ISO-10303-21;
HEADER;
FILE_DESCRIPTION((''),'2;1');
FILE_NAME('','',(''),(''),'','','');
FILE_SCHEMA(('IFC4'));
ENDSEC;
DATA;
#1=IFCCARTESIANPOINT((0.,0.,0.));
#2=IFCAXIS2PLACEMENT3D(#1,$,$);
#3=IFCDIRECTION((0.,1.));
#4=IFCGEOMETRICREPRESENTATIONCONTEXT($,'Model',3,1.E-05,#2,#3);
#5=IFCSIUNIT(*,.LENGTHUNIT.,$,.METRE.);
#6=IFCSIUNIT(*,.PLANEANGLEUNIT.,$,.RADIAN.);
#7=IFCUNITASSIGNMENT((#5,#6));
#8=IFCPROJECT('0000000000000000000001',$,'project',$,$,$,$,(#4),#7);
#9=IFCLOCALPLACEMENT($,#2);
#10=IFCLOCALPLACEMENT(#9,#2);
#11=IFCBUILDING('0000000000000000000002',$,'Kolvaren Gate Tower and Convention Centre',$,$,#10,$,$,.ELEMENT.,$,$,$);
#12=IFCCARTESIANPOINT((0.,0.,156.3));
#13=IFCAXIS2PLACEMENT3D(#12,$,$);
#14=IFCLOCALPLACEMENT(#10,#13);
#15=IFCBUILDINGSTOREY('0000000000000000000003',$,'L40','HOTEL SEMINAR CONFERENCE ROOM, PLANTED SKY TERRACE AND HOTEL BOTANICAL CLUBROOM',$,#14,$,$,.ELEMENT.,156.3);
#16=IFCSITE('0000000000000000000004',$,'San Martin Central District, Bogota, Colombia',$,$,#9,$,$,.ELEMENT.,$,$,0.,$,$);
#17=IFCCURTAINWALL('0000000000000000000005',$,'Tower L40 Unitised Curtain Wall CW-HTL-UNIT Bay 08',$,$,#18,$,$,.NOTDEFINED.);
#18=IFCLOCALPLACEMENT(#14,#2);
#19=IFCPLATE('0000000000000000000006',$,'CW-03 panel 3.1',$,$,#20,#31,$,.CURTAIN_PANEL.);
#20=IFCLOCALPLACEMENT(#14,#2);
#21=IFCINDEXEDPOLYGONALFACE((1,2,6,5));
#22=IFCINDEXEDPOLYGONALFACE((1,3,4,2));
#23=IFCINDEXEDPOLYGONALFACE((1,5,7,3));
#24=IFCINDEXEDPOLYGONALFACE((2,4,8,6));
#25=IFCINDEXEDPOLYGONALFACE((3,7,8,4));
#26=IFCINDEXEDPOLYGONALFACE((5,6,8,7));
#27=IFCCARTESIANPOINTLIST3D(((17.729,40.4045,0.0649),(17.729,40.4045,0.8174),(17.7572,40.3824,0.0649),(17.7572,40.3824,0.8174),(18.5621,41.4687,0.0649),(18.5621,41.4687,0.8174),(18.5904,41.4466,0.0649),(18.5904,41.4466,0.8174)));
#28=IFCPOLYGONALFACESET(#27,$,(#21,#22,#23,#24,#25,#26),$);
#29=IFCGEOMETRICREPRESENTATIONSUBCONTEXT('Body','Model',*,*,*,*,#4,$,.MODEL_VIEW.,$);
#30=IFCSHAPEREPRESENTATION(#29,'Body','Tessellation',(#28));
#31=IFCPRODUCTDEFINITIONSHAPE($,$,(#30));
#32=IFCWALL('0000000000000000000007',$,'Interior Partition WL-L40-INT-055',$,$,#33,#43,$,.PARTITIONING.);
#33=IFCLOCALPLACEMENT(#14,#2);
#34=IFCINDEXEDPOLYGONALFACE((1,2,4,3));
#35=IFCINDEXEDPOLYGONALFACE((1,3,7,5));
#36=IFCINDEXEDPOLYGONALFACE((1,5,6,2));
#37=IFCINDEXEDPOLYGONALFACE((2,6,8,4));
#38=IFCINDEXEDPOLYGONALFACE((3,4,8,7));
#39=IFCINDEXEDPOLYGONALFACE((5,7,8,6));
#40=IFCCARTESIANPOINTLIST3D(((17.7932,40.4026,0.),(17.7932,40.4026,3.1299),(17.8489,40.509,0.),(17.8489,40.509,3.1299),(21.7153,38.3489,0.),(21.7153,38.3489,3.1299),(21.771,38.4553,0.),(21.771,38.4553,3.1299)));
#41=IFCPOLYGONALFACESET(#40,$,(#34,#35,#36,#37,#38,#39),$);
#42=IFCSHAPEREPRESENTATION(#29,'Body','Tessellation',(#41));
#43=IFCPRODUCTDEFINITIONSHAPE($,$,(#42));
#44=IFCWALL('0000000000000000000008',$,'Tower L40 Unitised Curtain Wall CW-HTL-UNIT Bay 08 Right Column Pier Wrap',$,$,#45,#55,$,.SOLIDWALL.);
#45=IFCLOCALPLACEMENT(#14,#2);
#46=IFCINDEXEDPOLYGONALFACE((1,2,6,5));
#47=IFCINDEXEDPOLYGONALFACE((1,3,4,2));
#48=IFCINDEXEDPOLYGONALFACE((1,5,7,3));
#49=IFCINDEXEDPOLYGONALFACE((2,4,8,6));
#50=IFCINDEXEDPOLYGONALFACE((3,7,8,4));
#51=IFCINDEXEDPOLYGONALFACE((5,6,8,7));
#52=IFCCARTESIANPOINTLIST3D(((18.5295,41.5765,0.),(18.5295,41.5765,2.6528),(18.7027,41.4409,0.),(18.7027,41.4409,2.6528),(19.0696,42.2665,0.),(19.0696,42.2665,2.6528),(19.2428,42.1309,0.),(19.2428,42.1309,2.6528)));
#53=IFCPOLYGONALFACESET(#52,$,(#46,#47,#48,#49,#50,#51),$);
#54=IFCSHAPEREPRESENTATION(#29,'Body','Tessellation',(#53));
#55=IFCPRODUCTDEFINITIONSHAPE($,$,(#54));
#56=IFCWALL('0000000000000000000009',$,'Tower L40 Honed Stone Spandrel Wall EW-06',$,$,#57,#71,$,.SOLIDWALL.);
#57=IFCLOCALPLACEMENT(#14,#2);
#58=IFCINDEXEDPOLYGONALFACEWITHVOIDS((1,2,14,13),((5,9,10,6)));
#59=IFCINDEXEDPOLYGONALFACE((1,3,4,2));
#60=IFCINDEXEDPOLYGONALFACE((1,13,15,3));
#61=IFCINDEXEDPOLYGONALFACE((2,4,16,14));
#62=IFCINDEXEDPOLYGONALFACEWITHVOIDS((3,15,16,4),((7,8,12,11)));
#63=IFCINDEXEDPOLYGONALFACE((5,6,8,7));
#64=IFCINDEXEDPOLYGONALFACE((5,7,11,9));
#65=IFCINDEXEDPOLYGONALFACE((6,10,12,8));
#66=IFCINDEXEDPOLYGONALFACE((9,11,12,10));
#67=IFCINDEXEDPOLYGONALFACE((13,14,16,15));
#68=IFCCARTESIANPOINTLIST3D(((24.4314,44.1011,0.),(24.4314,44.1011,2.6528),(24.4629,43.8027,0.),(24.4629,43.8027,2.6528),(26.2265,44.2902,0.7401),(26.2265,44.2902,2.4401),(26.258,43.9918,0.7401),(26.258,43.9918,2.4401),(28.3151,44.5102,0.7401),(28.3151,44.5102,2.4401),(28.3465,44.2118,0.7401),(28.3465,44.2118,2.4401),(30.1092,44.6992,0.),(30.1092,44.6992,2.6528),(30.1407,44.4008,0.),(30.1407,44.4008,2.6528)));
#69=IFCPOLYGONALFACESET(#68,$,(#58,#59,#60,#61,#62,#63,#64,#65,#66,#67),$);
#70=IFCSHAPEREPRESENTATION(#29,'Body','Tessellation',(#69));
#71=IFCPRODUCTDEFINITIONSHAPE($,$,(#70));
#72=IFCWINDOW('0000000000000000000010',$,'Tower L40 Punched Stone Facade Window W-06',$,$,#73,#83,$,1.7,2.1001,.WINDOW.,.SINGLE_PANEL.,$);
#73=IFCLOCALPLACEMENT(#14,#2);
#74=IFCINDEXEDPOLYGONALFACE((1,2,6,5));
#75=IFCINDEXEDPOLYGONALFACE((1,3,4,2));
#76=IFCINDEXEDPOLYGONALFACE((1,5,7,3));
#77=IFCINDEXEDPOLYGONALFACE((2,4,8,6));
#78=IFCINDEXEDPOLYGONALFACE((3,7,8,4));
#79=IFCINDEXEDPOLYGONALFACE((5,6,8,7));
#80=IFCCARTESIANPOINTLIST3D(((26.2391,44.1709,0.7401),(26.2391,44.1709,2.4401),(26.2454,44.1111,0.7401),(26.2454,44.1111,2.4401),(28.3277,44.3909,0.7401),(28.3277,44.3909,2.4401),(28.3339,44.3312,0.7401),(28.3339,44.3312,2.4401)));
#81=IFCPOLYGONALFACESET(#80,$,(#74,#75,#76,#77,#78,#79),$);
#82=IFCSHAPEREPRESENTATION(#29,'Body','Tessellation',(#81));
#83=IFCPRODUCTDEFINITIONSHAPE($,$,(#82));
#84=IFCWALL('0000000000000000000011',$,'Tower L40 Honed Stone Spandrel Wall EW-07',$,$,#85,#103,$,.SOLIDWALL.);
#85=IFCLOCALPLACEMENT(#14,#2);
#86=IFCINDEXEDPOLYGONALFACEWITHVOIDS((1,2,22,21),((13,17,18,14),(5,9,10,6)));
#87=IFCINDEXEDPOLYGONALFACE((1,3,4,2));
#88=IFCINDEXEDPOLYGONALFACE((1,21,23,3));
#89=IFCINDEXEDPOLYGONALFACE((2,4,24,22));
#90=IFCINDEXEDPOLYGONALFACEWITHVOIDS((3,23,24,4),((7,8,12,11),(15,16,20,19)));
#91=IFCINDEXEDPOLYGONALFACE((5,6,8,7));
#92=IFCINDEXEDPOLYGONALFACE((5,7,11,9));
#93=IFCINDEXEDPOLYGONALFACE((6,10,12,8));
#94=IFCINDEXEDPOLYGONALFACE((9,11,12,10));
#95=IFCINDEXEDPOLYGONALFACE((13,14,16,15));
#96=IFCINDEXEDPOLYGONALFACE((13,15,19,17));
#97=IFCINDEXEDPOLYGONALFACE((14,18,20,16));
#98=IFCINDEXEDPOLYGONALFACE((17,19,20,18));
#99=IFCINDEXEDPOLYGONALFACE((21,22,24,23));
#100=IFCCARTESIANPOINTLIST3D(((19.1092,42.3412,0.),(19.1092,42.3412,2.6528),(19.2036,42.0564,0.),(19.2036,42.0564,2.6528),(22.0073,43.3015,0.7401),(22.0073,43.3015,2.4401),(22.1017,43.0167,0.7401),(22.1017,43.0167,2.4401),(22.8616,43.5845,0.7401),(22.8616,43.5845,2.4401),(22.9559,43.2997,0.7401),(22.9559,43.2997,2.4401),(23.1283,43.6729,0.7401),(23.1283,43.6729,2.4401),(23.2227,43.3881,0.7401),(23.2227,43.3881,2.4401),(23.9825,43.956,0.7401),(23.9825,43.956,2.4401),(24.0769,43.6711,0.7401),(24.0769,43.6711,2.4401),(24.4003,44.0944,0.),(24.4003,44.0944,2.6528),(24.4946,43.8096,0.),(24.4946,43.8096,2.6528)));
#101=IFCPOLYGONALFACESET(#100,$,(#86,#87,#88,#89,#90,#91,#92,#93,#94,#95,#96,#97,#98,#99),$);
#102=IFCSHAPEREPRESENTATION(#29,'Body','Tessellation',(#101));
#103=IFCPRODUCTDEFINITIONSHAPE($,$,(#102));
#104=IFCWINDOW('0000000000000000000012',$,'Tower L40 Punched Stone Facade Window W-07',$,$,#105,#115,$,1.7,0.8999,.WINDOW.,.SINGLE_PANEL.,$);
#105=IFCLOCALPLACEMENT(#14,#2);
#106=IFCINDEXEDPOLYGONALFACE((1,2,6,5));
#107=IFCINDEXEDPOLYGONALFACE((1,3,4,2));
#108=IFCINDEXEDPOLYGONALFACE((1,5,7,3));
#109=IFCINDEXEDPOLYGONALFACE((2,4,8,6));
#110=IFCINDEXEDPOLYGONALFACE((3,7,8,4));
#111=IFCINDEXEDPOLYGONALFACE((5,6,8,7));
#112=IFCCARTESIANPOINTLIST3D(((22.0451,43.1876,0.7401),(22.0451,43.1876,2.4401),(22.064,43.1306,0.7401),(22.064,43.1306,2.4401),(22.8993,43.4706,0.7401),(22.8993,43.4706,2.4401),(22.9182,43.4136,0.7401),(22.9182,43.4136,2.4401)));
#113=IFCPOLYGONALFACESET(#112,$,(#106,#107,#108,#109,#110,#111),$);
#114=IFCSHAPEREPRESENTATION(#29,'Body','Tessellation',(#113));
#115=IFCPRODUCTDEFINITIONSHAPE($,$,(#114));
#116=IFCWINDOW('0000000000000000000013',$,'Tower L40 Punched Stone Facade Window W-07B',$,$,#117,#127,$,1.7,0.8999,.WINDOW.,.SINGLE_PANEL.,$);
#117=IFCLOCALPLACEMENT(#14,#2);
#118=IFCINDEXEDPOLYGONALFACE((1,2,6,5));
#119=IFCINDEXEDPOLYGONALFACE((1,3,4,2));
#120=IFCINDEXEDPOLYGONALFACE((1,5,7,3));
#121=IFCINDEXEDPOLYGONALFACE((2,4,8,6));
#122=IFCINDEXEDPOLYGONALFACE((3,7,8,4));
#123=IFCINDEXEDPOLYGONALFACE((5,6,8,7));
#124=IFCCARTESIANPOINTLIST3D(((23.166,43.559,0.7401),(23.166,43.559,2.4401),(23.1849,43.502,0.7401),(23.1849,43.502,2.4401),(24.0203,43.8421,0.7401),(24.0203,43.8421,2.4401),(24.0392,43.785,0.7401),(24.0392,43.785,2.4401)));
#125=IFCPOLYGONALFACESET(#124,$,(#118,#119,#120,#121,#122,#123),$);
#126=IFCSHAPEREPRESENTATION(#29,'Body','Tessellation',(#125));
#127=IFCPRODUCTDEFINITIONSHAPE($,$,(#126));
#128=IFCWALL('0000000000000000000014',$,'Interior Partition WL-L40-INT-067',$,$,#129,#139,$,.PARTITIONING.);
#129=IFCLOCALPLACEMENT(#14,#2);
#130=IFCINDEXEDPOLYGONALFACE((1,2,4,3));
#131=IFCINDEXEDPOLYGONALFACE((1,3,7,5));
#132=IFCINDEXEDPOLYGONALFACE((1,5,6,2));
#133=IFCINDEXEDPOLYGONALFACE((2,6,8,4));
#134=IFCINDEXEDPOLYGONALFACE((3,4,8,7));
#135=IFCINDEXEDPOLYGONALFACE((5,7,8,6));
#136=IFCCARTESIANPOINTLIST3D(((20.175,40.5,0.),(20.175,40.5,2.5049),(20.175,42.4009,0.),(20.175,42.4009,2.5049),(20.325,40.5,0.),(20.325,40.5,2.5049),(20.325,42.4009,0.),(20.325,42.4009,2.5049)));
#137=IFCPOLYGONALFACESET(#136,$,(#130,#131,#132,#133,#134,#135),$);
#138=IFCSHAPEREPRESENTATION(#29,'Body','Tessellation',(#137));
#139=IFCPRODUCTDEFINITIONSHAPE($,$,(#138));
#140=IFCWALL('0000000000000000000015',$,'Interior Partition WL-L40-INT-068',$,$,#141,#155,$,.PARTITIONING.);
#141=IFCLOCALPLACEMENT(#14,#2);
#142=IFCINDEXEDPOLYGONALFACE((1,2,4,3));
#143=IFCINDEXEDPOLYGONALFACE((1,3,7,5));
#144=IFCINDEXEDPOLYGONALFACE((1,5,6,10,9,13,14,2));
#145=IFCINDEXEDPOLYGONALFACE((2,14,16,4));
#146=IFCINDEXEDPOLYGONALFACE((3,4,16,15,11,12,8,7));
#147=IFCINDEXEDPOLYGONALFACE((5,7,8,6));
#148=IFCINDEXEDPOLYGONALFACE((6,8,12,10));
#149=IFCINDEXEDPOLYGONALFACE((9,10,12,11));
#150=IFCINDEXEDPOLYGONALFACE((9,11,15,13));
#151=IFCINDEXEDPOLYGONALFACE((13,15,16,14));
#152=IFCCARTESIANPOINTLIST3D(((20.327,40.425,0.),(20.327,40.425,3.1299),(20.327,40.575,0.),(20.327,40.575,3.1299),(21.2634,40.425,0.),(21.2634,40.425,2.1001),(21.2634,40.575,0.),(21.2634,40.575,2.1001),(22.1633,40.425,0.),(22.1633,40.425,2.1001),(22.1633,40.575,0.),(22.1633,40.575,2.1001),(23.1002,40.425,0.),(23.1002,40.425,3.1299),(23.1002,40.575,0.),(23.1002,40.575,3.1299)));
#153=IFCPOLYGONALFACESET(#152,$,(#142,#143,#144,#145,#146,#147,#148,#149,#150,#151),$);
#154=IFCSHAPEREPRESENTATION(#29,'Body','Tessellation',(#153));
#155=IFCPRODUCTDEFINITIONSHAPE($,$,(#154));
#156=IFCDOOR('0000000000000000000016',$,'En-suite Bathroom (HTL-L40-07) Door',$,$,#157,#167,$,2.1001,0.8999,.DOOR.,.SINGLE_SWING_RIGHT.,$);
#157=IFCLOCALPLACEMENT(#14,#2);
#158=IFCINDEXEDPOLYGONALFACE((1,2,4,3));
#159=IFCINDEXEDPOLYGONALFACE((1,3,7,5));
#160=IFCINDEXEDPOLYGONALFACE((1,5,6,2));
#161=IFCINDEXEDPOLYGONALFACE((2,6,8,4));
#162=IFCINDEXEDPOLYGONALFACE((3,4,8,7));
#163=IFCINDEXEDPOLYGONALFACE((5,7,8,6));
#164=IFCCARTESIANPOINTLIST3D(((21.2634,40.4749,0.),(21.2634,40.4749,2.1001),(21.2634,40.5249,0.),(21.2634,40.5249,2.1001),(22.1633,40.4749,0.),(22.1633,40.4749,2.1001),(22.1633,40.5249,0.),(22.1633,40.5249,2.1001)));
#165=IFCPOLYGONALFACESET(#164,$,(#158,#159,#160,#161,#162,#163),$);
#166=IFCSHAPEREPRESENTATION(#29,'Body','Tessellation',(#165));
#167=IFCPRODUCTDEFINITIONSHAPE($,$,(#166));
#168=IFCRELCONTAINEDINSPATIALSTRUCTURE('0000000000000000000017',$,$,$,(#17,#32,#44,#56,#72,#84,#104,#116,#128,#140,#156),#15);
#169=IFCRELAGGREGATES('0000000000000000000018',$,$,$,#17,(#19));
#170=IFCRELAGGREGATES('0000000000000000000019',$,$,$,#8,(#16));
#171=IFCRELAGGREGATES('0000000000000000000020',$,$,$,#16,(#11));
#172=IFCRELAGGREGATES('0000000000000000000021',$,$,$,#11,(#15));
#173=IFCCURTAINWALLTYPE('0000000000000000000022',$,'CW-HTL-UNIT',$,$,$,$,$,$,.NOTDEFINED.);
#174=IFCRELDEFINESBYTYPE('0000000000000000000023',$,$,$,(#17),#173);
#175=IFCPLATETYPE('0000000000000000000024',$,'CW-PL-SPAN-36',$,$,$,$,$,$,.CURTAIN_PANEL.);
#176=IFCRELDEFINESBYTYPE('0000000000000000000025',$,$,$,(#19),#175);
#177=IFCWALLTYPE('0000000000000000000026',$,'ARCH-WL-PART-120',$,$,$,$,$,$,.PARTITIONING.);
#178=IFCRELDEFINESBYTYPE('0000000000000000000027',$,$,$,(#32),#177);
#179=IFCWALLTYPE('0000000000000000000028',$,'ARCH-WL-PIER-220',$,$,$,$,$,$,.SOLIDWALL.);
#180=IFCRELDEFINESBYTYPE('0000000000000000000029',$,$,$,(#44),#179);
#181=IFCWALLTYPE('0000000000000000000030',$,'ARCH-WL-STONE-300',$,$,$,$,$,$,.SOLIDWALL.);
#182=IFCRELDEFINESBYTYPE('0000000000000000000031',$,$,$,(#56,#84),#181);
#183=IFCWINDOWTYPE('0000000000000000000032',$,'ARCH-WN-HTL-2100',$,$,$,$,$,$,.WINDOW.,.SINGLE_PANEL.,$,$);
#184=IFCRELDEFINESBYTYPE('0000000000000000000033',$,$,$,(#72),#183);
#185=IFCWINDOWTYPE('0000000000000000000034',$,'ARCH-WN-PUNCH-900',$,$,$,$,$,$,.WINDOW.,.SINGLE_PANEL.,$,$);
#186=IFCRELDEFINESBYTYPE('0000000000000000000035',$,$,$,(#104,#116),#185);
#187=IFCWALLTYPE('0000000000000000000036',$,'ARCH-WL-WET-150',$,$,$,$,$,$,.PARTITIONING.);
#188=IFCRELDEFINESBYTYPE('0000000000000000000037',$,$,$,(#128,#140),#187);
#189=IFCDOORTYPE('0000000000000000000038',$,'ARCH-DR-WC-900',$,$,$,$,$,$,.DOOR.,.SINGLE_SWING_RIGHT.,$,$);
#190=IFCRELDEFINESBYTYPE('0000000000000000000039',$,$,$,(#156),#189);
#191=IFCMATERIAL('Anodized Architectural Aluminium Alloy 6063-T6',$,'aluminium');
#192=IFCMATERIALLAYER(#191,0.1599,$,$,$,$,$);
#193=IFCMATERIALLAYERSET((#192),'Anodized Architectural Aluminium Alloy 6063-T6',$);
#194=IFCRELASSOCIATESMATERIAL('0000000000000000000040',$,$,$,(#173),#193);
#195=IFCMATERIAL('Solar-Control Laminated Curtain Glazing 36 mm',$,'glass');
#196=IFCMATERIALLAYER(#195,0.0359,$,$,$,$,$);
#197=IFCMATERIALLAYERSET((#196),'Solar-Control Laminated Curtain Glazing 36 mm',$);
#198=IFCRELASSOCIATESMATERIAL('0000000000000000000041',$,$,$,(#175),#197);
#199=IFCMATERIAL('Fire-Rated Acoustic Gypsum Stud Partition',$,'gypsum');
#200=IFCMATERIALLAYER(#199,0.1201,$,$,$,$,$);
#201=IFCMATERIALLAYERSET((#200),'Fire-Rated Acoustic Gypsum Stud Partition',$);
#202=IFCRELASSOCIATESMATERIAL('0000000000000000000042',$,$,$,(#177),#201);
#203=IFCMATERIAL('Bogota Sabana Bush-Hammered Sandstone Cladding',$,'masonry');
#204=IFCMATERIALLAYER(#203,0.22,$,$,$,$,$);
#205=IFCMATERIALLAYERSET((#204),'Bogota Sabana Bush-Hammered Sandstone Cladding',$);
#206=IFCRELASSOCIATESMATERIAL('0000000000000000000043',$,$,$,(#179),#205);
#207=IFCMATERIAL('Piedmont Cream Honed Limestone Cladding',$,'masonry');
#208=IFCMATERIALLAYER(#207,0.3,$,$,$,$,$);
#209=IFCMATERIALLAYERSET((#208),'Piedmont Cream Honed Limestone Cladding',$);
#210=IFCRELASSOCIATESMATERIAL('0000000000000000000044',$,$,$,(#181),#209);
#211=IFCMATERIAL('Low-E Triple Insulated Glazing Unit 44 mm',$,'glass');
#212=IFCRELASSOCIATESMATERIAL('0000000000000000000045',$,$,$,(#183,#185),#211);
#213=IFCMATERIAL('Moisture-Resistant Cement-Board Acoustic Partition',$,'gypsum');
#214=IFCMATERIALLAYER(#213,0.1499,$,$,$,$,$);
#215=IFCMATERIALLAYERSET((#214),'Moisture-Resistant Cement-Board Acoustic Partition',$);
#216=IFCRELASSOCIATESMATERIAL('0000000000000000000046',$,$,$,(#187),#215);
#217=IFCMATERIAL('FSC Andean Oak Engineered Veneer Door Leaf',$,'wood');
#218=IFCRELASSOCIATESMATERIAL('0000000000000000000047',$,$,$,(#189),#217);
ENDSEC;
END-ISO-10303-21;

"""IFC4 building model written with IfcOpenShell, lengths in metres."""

from ifc_helpers import new_model, si_unit, direction, frame, frame_2d, origin, origin_2d, place, context, subcontext, project, spatial, rectangle, extrude, material, layer, layer_set, type_object, element, fill, aggregate, save


model = new_model("IFC4")

# Units and contexts
model_context = context("Model", 3, precision=1e-05, world=origin(), true_north=direction((0.0, 1.0)))
body_context = subcontext(model_context, "Body", "Model", "MODEL_VIEW")
ifc_project = project(units=[si_unit("LENGTHUNIT", "METRE"), si_unit("PLANEANGLEUNIT", "RADIAN")], contexts=[model_context])

# Site, building, storey
site_placement = place(None, origin())
site = spatial("IfcSite", under=ifc_project, at=site_placement, Name="San Martin Central District, Bogota, Colombia", CompositionType="ELEMENT", RefElevation=0.0)
building_placement = place(site_placement, origin())
building = spatial("IfcBuilding", under=site, at=building_placement, Name="Kolvaren Gate Tower and Convention Centre", CompositionType="ELEMENT")
storey_placement = place(building_placement, frame((0.0, 0.0, 156.3)))
storey = spatial("IfcBuildingStorey", under=building, at=storey_placement, Name="L40", Description="HOTEL SEMINAR CONFERENCE ROOM, PLANTED SKY TERRACE AND HOTEL BOTANICAL CLUBROOM", CompositionType="ELEMENT", Elevation=156.3)

# Curtain wall
ifc_material_1 = material(Name="Anodized Architectural Aluminium Alloy 6063-T6", Category="aluminium")
ifc_layer_1 = layer(ifc_material_1, 0.1599)
ifc_layer_set_1 = layer_set([ifc_layer_1], Name="Anodized Architectural Aluminium Alloy 6063-T6")
curtain_wall_type = type_object("IfcCurtainWallType", Name="CW-HTL-UNIT", PredefinedType="NOTDEFINED", material=ifc_layer_set_1)
curtain_wall_placement = place(storey_placement, origin())
curtain_wall = element("IfcCurtainWall", 1, at=curtain_wall_placement, inside=storey, type_object=curtain_wall_type, Name="Tower L40 Unitised Curtain Wall CW-HTL-UNIT Bay 08", PredefinedType="NOTDEFINED")

# Plate
ifc_material_2 = material(Name="Low-E Triple Insulated Glazing Unit 44 mm", Category="glass")
ifc_material_3 = material(Name="Solar-Control Laminated Curtain Glazing 36 mm", Category="glass")
ifc_layer_2 = layer(ifc_material_3, 0.0359)
ifc_layer_set_2 = layer_set([ifc_layer_2], Name="Solar-Control Laminated Curtain Glazing 36 mm")
plate_type_1 = type_object("IfcPlateType", Name="CW-PL-SPAN-36", PredefinedType="CURTAIN_PANEL", material=ifc_layer_set_2)
plate_1_placement = place(storey_placement, frame((18.1597, 40.9255, 0.0649), z_axis=(0.0, 0.0, 1.0), x_axis=(0.616449, 0.787395, 0.0)))
plate_1 = element("IfcPlate", 2, at=plate_1_placement, type_object=plate_type_1, Name="CW-03 panel 3.1", PredefinedType="CURTAIN_PANEL", context=body_context, shape_type="SweptSolid", body=[
    extrude(rectangle(XDim=1.3516, YDim=0.0359, at=origin_2d()), origin(), (0.0, 0.0, 1.0), 0.7524),
])
aggregate(curtain_wall, [plate_1])

# Walls
ifc_material_4 = material(Name="Fire-Rated Acoustic Gypsum Stud Partition", Category="gypsum")
ifc_layer_3 = layer(ifc_material_4, 0.1201)
ifc_layer_set_3 = layer_set([ifc_layer_3], Name="Fire-Rated Acoustic Gypsum Stud Partition")
wall_type_1 = type_object("IfcWallType", Name="ARCH-WL-PART-120", PredefinedType="PARTITIONING", material=ifc_layer_set_3)
wall_1_placement = place(storey_placement, frame((17.821, 40.4558, 0.0), z_axis=(0.0, 0.0, 1.0), x_axis=(0.8859, -0.463877, 0.0)))
element("IfcWall", 3, at=wall_1_placement, inside=storey, type_object=wall_type_1, Name="Interior Partition WL-L40-INT-055", PredefinedType="PARTITIONING", context=body_context, shape_type="SweptSolid", body=[
    extrude(rectangle(XDim=4.4272, YDim=0.1201, at=frame_2d((2.2136, 0.0))), origin(), (0.0, 0.0, 1.0), 3.1299),
])
ifc_material_5 = material(Name="Bogota Sabana Bush-Hammered Sandstone Cladding", Category="masonry")
ifc_layer_4 = layer(ifc_material_5, 0.22)
ifc_layer_set_4 = layer_set([ifc_layer_4], Name="Bogota Sabana Bush-Hammered Sandstone Cladding")
wall_type_2 = type_object("IfcWallType", Name="ARCH-WL-PIER-220", PredefinedType="SOLIDWALL", material=ifc_layer_set_4)
wall_2_placement = place(storey_placement, frame((18.6162, 41.5088, 0.0), z_axis=(0.0, 0.0, 1.0), x_axis=(0.616368, 0.787458, 0.0)))
element("IfcWall", 4, at=wall_2_placement, inside=storey, type_object=wall_type_2, Name="Tower L40 Unitised Curtain Wall CW-HTL-UNIT Bay 08 Right Column Pier Wrap", PredefinedType="SOLIDWALL", context=body_context, shape_type="SweptSolid", body=[
    extrude(rectangle(XDim=0.8762, YDim=0.22, at=frame_2d((0.438, 0.0))), origin(), (0.0, 0.0, 1.0), 2.6528),
])

# Wall, opening, window
ifc_material_6 = material(Name="Piedmont Cream Honed Limestone Cladding", Category="masonry")
ifc_layer_5 = layer(ifc_material_6, 0.3)
ifc_layer_set_5 = layer_set([ifc_layer_5], Name="Piedmont Cream Honed Limestone Cladding")
wall_type_3 = type_object("IfcWallType", Name="ARCH-WL-STONE-300", PredefinedType="SOLIDWALL", material=ifc_layer_set_5)
wall_3_placement = place(storey_placement, frame((24.4473, 43.9519, 0.0), z_axis=(0.0, 0.0, 1.0), x_axis=(0.994497, 0.104769, 0.0)))
wall_3 = element("IfcWall", 5, at=wall_3_placement, inside=storey, type_object=wall_type_3, Name="Tower L40 Honed Stone Spandrel Wall EW-06", PredefinedType="SOLIDWALL", context=body_context, shape_type="SweptSolid", body=[
    extrude(rectangle(XDim=5.7092, YDim=0.3, at=frame_2d((2.8545, 0.0))), origin(), (0.0, 0.0, 1.0), 2.6528),
])
opening_1_placement = place(wall_3_placement, frame((1.8049, 0.0, 0.74)))
opening_1 = element("IfcOpeningElement", 6, at=opening_1_placement, cuts=wall_3, PredefinedType="OPENING", context=body_context, shape_type="SweptSolid", body=[
    extrude(rectangle(XDim=2.1001, YDim=1.7, at=frame_2d((1.05, 0.8501))), frame((0.0, 0.1599, 0.0), z_axis=(0.0, -1.0, 0.0), x_axis=(1.0, 0.0, 0.0)), (0.0, 0.0, 1.0), 0.3201),
])
window_type_1 = type_object("IfcWindowType", Name="ARCH-WN-HTL-2100", PartitioningType="SINGLE_PANEL", PredefinedType="WINDOW", material=ifc_material_2)
window_1_placement = place(opening_1_placement, origin())
window_1 = element("IfcWindow", 7, at=window_1_placement, inside=storey, type_object=window_type_1, Name="Tower L40 Punched Stone Facade Window W-06", OverallHeight=1.7, OverallWidth=2.1001, PartitioningType="SINGLE_PANEL", PredefinedType="WINDOW", context=body_context, shape_type="SweptSolid", body=[
    extrude(rectangle(XDim=2.1001, YDim=1.7, at=frame_2d((1.05, 0.8501))), frame((0.0, 0.03, 0.0), z_axis=(0.0, -1.0, 0.0), x_axis=(1.0, 0.0, 0.0)), (0.0, 0.0, 1.0), 0.0601),
])
fill(opening_1, window_1)

# Wall, openings, windows
wall_4_placement = place(storey_placement, frame((19.1562, 42.1987, 0.0), z_axis=(0.0, 0.0, 1.0), x_axis=(0.949247, 0.314532, 0.0)))
wall_4 = element("IfcWall", 8, at=wall_4_placement, inside=storey, type_object=wall_type_3, Name="Tower L40 Honed Stone Spandrel Wall EW-07", PredefinedType="SOLIDWALL", context=body_context, shape_type="SweptSolid", body=[
    extrude(rectangle(XDim=5.574, YDim=0.3, at=frame_2d((2.7871, 0.0))), origin(), (0.0, 0.0, 1.0), 2.6528),
])
opening_2_placement = place(wall_4_placement, frame((3.0532, 0.0, 0.74)))
opening_2 = element("IfcOpeningElement", 9, at=opening_2_placement, cuts=wall_4, PredefinedType="OPENING", context=body_context, shape_type="SweptSolid", body=[
    extrude(rectangle(XDim=0.8999, YDim=1.7, at=frame_2d((0.45, 0.8501))), frame((0.0, 0.1599, 0.0), z_axis=(0.0, -1.0, 0.0), x_axis=(1.0, 0.0, 0.0)), (0.0, 0.0, 1.0), 0.3201),
])
opening_3_placement = place(wall_4_placement, frame((4.2341, 0.0, 0.74)))
opening_3 = element("IfcOpeningElement", 10, at=opening_3_placement, cuts=wall_4, PredefinedType="OPENING", context=body_context, shape_type="SweptSolid", body=[
    extrude(rectangle(XDim=0.8999, YDim=1.7, at=frame_2d((0.45, 0.8501))), frame((0.0, 0.1599, 0.0), z_axis=(0.0, -1.0, 0.0), x_axis=(1.0, 0.0, 0.0)), (0.0, 0.0, 1.0), 0.3201),
])
window_type_2 = type_object("IfcWindowType", Name="ARCH-WN-PUNCH-900", PartitioningType="SINGLE_PANEL", PredefinedType="WINDOW", material=ifc_material_2)
window_2_placement = place(opening_2_placement, origin())
window_2 = element("IfcWindow", 11, at=window_2_placement, inside=storey, type_object=window_type_2, Name="Tower L40 Punched Stone Facade Window W-07", OverallHeight=1.7, OverallWidth=0.8999, PartitioningType="SINGLE_PANEL", PredefinedType="WINDOW", context=body_context, shape_type="SweptSolid", body=[
    extrude(rectangle(XDim=0.8999, YDim=1.7, at=frame_2d((0.45, 0.8501))), frame((0.0, 0.03, 0.0), z_axis=(0.0, -1.0, 0.0), x_axis=(1.0, 0.0, 0.0)), (0.0, 0.0, 1.0), 0.0601),
])
fill(opening_2, window_2)
window_3_placement = place(opening_3_placement, origin())
window_3 = element("IfcWindow", 12, at=window_3_placement, inside=storey, type_object=window_type_2, Name="Tower L40 Punched Stone Facade Window W-07B", OverallHeight=1.7, OverallWidth=0.8999, PartitioningType="SINGLE_PANEL", PredefinedType="WINDOW", context=body_context, shape_type="SweptSolid", body=[
    extrude(rectangle(XDim=0.8999, YDim=1.7, at=frame_2d((0.45, 0.8501))), frame((0.0, 0.03, 0.0), z_axis=(0.0, -1.0, 0.0), x_axis=(1.0, 0.0, 0.0)), (0.0, 0.0, 1.0), 0.0601),
])
fill(opening_3, window_3)

# Wall
ifc_material_7 = material(Name="Moisture-Resistant Cement-Board Acoustic Partition", Category="gypsum")
ifc_layer_6 = layer(ifc_material_7, 0.1499)
ifc_layer_set_6 = layer_set([ifc_layer_6], Name="Moisture-Resistant Cement-Board Acoustic Partition")
wall_type_4 = type_object("IfcWallType", Name="ARCH-WL-WET-150", PredefinedType="PARTITIONING", material=ifc_layer_set_6)
wall_5_placement = place(storey_placement, frame((20.25, 40.5, 0.0), z_axis=(0.0, 0.0, 1.0), x_axis=(0.0, 1.0, 0.0)))
element("IfcWall", 13, at=wall_5_placement, inside=storey, type_object=wall_type_4, Name="Interior Partition WL-L40-INT-067", PredefinedType="PARTITIONING", context=body_context, shape_type="SweptSolid", body=[
    extrude(rectangle(XDim=1.9009, YDim=0.1499, at=frame_2d((0.9504, 0.0))), origin(), (0.0, 0.0, 1.0), 2.5049),
])

# Wall, opening, door
wall_6_placement = place(storey_placement, frame((20.3269, 40.5, 0.0), z_axis=(0.0, 0.0, 1.0), x_axis=(1.0, 0.0, 0.0)))
wall_6 = element("IfcWall", 14, at=wall_6_placement, inside=storey, type_object=wall_type_4, Name="Interior Partition WL-L40-INT-068", PredefinedType="PARTITIONING", context=body_context, shape_type="SweptSolid", body=[
    extrude(rectangle(XDim=2.7732, YDim=0.1499, at=frame_2d((1.3867, 0.0))), origin(), (0.0, 0.0, 1.0), 3.1299),
])
opening_4_placement = place(wall_6_placement, frame((0.9365, 0.0, 0.0)))
opening_4 = element("IfcOpeningElement", 15, at=opening_4_placement, cuts=wall_6, PredefinedType="OPENING", context=body_context, shape_type="SweptSolid", body=[
    extrude(rectangle(XDim=0.8999, YDim=2.1001, at=frame_2d((0.45, 1.05))), frame((0.0, 0.085, 0.0), z_axis=(0.0, -1.0, 0.0), x_axis=(1.0, 0.0, 0.0)), (0.0, 0.0, 1.0), 0.1699),
])
ifc_material_8 = material(Name="FSC Andean Oak Engineered Veneer Door Leaf", Category="wood")
door_type = type_object("IfcDoorType", Name="ARCH-DR-WC-900", OperationType="SINGLE_SWING_RIGHT", PredefinedType="DOOR", material=ifc_material_8)
door_placement = place(opening_4_placement, origin())
door = element("IfcDoor", 16, at=door_placement, inside=storey, type_object=door_type, Name="En-suite Bathroom (HTL-L40-07) Door", OperationType="SINGLE_SWING_RIGHT", OverallHeight=2.1001, OverallWidth=0.8999, PredefinedType="DOOR", context=body_context, shape_type="SweptSolid", body=[
    extrude(rectangle(XDim=0.8999, YDim=2.1001, at=frame_2d((0.45, 1.05))), frame((0.0, 0.0249, 0.0), z_axis=(0.0, -1.0, 0.0), x_axis=(1.0, 0.0, 0.0)), (0.0, 0.0, 1.0), 0.05),
])
fill(opening_4, door)

save(model, "model.ifc")
